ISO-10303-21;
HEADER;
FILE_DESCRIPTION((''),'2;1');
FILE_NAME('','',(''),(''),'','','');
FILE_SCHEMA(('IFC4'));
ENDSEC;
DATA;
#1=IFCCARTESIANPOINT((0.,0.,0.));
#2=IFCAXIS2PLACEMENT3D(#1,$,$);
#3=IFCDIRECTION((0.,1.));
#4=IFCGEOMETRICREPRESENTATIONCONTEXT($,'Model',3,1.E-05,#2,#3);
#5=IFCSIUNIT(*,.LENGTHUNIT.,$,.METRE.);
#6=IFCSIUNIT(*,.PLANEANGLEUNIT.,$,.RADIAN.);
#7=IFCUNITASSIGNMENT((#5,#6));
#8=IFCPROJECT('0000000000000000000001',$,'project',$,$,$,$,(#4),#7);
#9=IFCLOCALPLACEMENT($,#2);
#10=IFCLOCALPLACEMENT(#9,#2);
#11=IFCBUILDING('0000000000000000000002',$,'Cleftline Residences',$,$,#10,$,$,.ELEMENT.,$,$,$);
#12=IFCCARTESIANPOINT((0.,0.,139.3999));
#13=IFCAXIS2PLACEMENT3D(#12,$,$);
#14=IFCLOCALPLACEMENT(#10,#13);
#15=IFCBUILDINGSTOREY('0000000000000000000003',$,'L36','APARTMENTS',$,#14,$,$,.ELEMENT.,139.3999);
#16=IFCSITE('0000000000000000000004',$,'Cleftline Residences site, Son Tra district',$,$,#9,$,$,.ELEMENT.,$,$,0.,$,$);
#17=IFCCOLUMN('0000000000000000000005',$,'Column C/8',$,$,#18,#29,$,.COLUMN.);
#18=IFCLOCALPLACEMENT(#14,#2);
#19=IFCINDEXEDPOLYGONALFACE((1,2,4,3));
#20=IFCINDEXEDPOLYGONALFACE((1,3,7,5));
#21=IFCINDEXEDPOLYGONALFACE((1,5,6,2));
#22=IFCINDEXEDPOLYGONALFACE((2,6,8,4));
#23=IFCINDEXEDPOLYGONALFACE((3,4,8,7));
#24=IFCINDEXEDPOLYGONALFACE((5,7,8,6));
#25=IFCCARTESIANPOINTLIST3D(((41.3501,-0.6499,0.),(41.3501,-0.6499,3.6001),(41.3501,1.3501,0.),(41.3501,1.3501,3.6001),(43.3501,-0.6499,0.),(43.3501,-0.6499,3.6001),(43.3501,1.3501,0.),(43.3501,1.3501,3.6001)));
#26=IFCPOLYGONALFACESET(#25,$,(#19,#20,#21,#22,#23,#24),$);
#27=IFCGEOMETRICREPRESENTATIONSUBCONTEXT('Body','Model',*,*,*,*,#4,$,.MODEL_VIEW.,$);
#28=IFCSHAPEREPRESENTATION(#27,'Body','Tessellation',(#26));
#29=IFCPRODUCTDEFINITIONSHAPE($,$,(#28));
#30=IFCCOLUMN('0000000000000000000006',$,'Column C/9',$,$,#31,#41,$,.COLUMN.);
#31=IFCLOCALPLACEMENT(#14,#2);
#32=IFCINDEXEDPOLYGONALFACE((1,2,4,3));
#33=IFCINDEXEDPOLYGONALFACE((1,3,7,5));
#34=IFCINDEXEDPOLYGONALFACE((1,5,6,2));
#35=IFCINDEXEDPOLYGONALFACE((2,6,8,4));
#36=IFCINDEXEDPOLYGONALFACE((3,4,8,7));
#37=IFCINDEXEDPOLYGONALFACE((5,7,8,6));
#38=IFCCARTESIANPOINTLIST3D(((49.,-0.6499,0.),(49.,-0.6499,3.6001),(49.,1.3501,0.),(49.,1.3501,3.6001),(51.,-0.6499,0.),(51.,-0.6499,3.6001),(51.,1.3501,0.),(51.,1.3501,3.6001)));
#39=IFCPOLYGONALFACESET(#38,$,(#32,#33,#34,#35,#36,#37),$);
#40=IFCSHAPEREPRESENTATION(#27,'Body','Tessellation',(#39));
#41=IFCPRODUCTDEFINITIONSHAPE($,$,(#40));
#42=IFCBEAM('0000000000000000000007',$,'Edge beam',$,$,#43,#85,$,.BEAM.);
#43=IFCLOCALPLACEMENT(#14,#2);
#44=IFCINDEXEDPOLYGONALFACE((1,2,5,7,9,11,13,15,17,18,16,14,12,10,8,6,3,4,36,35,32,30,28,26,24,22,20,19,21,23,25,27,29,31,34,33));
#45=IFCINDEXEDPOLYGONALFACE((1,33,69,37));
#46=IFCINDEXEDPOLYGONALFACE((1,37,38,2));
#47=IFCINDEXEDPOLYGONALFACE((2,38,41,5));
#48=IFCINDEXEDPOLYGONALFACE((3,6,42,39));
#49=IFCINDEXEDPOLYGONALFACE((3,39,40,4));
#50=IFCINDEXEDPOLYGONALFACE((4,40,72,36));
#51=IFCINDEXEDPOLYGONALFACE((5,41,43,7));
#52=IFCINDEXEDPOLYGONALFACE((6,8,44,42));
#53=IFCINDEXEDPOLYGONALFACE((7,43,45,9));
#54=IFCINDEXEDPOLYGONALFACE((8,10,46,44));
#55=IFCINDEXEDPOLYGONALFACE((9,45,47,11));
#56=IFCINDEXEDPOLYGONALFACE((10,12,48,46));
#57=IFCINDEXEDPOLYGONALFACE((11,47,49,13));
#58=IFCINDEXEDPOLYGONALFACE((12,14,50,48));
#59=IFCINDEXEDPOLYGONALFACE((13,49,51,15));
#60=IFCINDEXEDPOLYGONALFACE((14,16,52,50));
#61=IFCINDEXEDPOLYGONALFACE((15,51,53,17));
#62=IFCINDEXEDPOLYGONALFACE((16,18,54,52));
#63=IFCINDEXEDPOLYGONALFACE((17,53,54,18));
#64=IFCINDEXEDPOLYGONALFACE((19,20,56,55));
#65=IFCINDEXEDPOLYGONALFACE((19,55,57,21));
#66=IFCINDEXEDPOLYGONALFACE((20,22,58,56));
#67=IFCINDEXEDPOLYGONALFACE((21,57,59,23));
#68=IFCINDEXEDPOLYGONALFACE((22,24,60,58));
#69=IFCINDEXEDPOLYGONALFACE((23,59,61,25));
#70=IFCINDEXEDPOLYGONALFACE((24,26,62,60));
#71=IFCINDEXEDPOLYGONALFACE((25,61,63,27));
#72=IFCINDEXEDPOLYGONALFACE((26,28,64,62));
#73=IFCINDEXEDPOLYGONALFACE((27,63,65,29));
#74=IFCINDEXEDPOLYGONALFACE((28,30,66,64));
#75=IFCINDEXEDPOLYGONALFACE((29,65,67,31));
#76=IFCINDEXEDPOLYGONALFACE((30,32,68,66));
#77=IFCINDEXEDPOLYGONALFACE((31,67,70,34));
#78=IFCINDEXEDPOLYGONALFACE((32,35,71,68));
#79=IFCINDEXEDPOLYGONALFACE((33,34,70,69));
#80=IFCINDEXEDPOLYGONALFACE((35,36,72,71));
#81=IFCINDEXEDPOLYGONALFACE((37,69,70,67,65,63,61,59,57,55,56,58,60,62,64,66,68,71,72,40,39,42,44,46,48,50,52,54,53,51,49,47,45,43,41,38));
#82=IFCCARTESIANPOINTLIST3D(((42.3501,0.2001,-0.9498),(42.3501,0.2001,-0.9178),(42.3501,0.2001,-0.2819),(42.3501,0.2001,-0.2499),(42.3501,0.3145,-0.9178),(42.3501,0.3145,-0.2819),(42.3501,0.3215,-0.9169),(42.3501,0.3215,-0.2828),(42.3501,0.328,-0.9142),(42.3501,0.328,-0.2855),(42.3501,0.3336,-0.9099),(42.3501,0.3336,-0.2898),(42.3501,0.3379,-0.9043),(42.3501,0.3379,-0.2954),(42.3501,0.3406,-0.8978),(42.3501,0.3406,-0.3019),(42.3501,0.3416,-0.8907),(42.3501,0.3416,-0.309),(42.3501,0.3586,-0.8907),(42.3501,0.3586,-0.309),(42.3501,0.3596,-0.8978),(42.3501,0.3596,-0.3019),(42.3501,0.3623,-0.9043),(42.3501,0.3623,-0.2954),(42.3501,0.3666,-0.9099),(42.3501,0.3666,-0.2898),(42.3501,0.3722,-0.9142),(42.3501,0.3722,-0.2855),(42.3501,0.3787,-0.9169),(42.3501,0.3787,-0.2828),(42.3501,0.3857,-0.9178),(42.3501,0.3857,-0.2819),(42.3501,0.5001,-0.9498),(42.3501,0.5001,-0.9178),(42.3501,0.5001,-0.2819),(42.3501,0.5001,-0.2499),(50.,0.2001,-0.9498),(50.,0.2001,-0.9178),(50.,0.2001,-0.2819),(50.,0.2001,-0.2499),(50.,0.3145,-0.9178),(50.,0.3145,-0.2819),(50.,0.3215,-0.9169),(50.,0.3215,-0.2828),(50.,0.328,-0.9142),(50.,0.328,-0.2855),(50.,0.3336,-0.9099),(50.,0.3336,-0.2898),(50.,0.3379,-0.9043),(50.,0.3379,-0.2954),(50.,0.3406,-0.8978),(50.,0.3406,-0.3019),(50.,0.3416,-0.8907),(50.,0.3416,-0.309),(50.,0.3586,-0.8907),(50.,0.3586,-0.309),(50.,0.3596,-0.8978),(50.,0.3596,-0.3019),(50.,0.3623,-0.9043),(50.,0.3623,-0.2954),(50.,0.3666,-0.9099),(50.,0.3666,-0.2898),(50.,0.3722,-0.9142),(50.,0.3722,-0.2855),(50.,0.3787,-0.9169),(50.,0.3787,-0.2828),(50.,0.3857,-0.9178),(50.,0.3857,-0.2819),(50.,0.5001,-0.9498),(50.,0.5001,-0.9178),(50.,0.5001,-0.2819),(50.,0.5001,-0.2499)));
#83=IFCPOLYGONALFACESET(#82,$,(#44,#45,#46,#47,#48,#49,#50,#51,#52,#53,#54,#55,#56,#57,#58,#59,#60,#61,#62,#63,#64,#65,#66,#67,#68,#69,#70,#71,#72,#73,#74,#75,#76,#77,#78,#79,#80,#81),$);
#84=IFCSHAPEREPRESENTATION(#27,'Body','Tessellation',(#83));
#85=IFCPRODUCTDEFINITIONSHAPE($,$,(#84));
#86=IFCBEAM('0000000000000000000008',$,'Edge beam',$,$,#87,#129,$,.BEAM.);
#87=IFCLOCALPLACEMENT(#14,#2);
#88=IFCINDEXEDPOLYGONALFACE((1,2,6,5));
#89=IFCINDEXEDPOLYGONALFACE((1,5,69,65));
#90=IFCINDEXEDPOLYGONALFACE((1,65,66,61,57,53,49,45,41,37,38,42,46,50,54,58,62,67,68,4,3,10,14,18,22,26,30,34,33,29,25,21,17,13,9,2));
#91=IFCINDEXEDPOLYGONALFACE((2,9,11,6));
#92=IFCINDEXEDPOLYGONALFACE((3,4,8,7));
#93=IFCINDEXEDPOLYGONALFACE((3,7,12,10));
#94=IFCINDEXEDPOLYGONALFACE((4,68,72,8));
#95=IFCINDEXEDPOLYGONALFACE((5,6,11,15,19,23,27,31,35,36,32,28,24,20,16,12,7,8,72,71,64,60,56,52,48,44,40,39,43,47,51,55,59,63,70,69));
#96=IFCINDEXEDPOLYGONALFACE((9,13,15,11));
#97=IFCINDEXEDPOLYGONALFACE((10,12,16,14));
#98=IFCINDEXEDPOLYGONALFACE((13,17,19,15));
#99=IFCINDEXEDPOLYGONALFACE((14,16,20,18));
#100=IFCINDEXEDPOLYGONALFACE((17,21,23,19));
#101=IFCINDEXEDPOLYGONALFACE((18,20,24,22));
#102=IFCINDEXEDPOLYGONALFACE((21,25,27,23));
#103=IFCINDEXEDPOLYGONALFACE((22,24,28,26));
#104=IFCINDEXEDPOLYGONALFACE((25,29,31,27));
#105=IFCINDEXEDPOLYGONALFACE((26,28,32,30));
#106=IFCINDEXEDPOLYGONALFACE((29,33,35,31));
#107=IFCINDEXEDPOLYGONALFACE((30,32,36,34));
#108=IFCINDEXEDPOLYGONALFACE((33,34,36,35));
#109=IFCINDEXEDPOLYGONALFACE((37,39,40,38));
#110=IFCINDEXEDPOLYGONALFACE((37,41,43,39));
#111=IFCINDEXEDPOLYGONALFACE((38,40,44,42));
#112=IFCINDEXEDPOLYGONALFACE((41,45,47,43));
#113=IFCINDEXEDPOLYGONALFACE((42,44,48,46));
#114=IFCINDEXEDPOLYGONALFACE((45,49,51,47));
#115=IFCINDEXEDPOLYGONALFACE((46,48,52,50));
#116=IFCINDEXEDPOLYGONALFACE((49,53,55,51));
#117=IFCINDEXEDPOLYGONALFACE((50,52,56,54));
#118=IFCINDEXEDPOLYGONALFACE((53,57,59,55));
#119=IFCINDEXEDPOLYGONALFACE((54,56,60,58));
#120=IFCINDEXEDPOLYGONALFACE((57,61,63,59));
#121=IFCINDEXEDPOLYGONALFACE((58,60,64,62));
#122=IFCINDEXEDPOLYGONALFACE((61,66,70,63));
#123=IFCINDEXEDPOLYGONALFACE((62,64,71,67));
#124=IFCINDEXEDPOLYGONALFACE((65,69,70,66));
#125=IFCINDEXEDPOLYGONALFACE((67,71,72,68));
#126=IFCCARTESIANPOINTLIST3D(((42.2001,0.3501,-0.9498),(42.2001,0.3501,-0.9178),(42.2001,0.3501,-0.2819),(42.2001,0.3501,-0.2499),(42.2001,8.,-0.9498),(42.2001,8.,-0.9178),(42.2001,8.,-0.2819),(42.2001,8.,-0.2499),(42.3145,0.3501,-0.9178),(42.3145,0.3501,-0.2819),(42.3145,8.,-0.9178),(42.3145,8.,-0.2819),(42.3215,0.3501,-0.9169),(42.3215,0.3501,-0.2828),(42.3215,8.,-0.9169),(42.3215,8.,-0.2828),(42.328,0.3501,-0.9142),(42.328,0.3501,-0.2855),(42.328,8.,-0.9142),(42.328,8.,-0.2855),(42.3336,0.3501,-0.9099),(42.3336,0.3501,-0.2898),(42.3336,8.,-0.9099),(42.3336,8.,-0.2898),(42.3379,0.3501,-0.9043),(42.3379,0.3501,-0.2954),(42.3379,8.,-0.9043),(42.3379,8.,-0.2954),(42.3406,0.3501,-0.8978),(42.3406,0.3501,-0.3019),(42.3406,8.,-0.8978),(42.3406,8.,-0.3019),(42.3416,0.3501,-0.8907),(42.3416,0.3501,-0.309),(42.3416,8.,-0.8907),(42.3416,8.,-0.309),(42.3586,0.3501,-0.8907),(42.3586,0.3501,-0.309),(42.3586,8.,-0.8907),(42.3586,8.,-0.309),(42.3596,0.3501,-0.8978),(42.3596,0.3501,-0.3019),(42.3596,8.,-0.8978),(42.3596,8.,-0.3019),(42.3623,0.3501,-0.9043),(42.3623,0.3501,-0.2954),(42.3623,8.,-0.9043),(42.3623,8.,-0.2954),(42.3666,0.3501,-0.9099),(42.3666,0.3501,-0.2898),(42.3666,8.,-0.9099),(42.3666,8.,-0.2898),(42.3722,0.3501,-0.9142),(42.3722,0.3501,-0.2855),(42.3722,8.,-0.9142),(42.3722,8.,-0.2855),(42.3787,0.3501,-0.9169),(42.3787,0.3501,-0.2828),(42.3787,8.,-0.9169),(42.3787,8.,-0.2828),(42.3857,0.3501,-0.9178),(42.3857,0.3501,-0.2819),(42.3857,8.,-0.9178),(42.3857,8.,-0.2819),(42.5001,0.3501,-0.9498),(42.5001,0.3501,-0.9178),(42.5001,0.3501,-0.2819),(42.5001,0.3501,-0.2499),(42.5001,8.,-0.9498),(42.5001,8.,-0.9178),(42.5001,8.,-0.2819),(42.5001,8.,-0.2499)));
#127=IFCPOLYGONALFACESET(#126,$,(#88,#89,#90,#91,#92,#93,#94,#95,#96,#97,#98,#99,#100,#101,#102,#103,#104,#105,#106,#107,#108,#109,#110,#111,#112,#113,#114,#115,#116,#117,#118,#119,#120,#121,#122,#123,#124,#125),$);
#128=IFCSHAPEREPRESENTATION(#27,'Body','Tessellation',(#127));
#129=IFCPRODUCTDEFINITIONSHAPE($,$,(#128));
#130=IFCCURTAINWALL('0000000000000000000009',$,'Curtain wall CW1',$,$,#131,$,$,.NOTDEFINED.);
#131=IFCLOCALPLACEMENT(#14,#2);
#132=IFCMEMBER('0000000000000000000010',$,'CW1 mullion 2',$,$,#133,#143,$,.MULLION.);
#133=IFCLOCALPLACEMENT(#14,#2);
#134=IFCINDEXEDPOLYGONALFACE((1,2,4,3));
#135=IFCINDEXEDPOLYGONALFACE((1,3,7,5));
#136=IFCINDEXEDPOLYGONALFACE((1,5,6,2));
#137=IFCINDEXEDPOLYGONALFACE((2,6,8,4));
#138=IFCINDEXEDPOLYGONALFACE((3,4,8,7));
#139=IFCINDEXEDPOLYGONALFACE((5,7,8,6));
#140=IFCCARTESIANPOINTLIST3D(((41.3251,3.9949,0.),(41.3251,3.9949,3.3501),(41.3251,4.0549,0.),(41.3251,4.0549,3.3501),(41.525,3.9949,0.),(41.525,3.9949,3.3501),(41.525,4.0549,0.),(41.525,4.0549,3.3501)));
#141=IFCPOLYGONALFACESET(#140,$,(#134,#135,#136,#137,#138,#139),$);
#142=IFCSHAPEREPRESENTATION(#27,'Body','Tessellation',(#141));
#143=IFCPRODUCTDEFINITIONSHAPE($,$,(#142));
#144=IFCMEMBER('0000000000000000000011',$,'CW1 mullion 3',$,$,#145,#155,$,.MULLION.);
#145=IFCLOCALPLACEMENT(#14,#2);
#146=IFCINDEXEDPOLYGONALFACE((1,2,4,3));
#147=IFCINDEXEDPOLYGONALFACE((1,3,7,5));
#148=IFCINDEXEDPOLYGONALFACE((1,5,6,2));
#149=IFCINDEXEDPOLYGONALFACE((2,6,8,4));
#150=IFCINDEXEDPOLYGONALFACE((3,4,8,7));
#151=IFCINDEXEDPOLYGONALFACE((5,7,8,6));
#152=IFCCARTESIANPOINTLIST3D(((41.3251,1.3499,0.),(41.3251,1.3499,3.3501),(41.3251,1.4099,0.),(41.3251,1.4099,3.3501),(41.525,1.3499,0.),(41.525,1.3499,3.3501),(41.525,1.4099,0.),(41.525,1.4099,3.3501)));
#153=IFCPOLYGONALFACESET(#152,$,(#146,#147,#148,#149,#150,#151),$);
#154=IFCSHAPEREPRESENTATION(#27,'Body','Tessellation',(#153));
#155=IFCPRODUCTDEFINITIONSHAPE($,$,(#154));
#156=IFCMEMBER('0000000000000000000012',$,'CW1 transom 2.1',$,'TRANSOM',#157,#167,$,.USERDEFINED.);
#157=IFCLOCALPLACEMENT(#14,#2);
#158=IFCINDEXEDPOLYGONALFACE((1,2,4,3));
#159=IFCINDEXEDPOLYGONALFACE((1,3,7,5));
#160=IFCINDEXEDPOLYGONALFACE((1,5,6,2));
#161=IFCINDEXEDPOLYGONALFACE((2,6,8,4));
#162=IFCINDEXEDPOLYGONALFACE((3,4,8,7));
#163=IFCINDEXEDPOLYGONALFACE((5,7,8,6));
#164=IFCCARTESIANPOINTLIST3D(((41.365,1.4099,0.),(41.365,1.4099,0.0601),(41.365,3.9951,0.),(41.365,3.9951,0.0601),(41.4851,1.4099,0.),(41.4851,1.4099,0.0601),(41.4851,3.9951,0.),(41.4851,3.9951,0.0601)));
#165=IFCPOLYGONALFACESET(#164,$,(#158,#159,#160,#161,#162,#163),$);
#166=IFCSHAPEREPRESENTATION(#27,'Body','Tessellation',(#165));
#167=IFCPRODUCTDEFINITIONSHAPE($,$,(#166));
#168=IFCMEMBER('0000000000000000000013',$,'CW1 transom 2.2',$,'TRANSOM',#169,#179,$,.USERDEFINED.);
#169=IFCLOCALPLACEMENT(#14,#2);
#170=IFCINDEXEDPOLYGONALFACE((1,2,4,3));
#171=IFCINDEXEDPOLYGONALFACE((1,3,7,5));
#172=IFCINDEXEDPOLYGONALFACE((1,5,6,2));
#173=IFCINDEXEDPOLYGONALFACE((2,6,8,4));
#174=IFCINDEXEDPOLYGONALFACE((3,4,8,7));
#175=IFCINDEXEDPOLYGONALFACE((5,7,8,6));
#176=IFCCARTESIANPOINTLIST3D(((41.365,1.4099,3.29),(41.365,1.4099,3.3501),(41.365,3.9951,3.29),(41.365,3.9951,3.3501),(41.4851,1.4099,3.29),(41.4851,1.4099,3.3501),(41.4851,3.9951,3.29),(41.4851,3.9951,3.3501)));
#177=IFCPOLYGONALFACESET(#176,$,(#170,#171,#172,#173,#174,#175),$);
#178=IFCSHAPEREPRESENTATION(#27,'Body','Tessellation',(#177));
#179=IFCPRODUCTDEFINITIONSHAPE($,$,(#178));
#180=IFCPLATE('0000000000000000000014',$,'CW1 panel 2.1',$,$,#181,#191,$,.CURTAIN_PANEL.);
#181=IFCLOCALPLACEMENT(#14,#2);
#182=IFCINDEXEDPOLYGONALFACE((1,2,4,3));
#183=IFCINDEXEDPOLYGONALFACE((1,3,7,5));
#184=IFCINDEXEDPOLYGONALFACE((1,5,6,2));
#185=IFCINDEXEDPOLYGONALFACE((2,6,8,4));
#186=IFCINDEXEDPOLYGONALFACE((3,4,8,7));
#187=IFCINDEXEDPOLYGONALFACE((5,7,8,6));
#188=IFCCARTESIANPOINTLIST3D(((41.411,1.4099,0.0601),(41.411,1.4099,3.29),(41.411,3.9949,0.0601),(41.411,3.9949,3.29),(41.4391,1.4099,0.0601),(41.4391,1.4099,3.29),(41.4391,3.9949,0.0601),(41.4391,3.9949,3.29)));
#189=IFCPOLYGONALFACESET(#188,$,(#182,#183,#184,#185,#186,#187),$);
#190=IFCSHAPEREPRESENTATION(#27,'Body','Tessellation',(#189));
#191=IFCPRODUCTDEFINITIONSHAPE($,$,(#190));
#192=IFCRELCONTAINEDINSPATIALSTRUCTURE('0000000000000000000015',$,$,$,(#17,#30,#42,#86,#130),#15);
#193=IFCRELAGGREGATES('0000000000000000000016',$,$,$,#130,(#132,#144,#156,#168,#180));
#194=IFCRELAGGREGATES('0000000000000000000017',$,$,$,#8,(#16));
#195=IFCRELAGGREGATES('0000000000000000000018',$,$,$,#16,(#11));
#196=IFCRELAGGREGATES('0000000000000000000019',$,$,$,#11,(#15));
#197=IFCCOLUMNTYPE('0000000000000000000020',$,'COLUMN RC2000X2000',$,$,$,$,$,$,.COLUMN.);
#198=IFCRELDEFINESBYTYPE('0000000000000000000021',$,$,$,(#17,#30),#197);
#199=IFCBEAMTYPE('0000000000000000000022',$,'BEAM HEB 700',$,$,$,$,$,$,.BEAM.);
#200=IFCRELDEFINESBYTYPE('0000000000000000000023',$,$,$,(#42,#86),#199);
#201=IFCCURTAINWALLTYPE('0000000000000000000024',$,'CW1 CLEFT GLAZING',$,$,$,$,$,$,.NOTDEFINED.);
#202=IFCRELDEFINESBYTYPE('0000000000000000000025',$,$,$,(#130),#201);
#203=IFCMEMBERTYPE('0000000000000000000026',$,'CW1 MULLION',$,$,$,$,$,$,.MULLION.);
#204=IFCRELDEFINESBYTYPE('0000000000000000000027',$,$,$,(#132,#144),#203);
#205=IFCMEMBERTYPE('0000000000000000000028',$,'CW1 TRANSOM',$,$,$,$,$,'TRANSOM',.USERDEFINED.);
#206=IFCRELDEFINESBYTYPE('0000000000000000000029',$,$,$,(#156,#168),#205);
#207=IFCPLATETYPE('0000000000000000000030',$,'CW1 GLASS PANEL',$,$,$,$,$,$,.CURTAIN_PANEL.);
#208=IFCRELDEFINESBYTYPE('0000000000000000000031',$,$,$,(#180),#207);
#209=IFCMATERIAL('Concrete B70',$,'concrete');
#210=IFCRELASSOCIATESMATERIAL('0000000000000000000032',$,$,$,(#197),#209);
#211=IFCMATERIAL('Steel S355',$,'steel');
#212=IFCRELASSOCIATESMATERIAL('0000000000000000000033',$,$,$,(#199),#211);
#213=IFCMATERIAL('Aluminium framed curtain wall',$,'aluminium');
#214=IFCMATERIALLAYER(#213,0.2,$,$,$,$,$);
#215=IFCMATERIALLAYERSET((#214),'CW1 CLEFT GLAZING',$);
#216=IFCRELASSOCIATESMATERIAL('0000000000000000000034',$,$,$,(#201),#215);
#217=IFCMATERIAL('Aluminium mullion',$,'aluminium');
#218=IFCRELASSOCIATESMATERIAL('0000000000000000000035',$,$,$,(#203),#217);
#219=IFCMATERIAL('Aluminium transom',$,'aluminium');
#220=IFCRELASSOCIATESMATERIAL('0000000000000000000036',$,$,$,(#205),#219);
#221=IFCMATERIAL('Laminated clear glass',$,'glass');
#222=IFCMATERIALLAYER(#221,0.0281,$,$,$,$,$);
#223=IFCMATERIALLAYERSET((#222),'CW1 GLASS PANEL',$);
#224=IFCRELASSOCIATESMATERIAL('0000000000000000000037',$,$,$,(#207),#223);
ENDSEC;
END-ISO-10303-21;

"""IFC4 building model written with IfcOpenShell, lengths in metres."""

from ifc_helpers import new_model, si_unit, direction, frame, origin, origin_2d, place, context, subcontext, project, spatial, rectangle, i_section, extrude, material, layer, layer_set, material_profile, profile_set, type_object, element, aggregate, save


model = new_model("IFC4")

# Units and contexts
model_context = context("Model", 3, precision=1e-05, world=origin(), true_north=direction((0.0, 1.0)))
body_context = subcontext(model_context, "Body", "Model", "MODEL_VIEW")
ifc_project = project(units=[si_unit("LENGTHUNIT", "METRE"), si_unit("PLANEANGLEUNIT", "RADIAN")], contexts=[model_context])

# Site, building, storey
site_placement = place(None, origin())
site = spatial("IfcSite", under=ifc_project, at=site_placement, Name="Cleftline Residences site, Son Tra district", CompositionType="ELEMENT", RefElevation=0.0)
building_placement = place(site_placement, origin())
building = spatial("IfcBuilding", under=site, at=building_placement, Name="Cleftline Residences", CompositionType="ELEMENT")
storey_placement = place(building_placement, frame((0.0, 0.0, 139.3999)))
storey = spatial("IfcBuildingStorey", under=building, at=storey_placement, Name="L36", Description="APARTMENTS", CompositionType="ELEMENT", Elevation=139.3999)

# Columns
ifc_material_1 = material(Name="Concrete B70", Category="concrete")
ifc_material_profile_1 = material_profile(ifc_material_1, rectangle(XDim=2.0, YDim=2.0, at=origin_2d()))
ifc_profile_set_1 = profile_set([ifc_material_profile_1], Name="Concrete B70")
column_type = type_object("IfcColumnType", Name="COLUMN RC2000X2000", PredefinedType="COLUMN", material=ifc_profile_set_1)
for number, where, z_axis, x_axis, name in (
    (1, (42.3501, 0.3501, 0.0), (0.0, 0.0, 1.0), (1.0, 0.0, 0.0), "Column C/8"),
    (2, (50.0, 0.3501, 0.0), (0.0, 0.0, 1.0), (1.0, 0.0, 0.0), "Column C/9"),
):
    element("IfcColumn", number, at=place(storey_placement, frame(where, z_axis=z_axis, x_axis=x_axis)), inside=storey, type_object=column_type, Name=name, PredefinedType="COLUMN", context=body_context, shape_type="SweptSolid", body=[
        extrude(rectangle(XDim=2.0, YDim=2.0, at=origin_2d()), origin(), (0.0, 0.0, 1.0), 3.6001),
    ])

# Beams
ifc_material_2 = material(Name="Steel S355", Category="steel")
ifc_material_profile_2 = material_profile(ifc_material_2, i_section(OverallWidth=0.3, OverallDepth=0.7, WebThickness=0.0171, FlangeThickness=0.032, FilletRadius=0.0271, at=origin_2d()))
ifc_profile_set_2 = profile_set([ifc_material_profile_2], Name="Steel S355")
beam_type = type_object("IfcBeamType", Name="BEAM HEB 700", PredefinedType="BEAM", material=ifc_profile_set_2)
for number, where, z_axis, x_axis, name in (
    (3, (50.0, 0.3501, -0.5999), (-1.0, 0.0, 0.0), (0.0, -1.0, 0.0), "Edge beam"),
    (4, (42.3501, 0.3501, -0.5999), (0.0, 1.0, 0.0), (-1.0, 0.0, 0.0), "Edge beam"),
):
    element("IfcBeam", number, at=place(storey_placement, frame(where, z_axis=z_axis, x_axis=x_axis)), inside=storey, type_object=beam_type, Name=name, PredefinedType="BEAM", context=body_context, shape_type="SweptSolid", body=[
        extrude(i_section(OverallWidth=0.3, OverallDepth=0.7, WebThickness=0.0171, FlangeThickness=0.032, FilletRadius=0.0271, at=origin_2d()), origin(), (0.0, 0.0, 1.0), 7.6499),
    ])

# Curtain wall, members, plate
ifc_material_3 = material(Name="Aluminium framed curtain wall", Category="aluminium")
ifc_layer_1 = layer(ifc_material_3, 0.2)
ifc_layer_set_1 = layer_set([ifc_layer_1], Name="CW1 CLEFT GLAZING")
curtain_wall_type = type_object("IfcCurtainWallType", Name="CW1 CLEFT GLAZING", PredefinedType="NOTDEFINED", material=ifc_layer_set_1)
curtain_wall_placement = place(storey_placement, origin())
curtain_wall = element("IfcCurtainWall", 5, at=curtain_wall_placement, inside=storey, type_object=curtain_wall_type, Name="Curtain wall CW1", PredefinedType="NOTDEFINED")
ifc_material_4 = material(Name="Aluminium mullion", Category="aluminium")
ifc_material_profile_3 = material_profile(ifc_material_4, rectangle(XDim=0.2, YDim=0.0601, at=origin_2d()))
ifc_profile_set_3 = profile_set([ifc_material_profile_3], Name="Aluminium mullion")
member_type_1 = type_object("IfcMemberType", Name="CW1 MULLION", PredefinedType="MULLION", material=ifc_profile_set_3)
member_1_placement = place(storey_placement, frame((41.425, 4.0249, 0.0), z_axis=(0.0, 0.0, 1.0), x_axis=(1.0, 0.0, 0.0)))
member_1 = element("IfcMember", 6, at=member_1_placement, type_object=member_type_1, Name="CW1 mullion 2", PredefinedType="MULLION", context=body_context, shape_type="SweptSolid", body=[
    extrude(rectangle(XDim=0.2, YDim=0.0601, at=origin_2d()), origin(), (0.0, 0.0, 1.0), 3.3501),
])
member_2_placement = place(storey_placement, frame((41.425, 1.3799, 0.0), z_axis=(0.0, 0.0, 1.0), x_axis=(1.0, 0.0, 0.0)))
member_2 = element("IfcMember", 7, at=member_2_placement, type_object=member_type_1, Name="CW1 mullion 3", PredefinedType="MULLION", context=body_context, shape_type="SweptSolid", body=[
    extrude(rectangle(XDim=0.2, YDim=0.0601, at=origin_2d()), origin(), (0.0, 0.0, 1.0), 3.3501),
])
ifc_material_5 = material(Name="Aluminium transom", Category="aluminium")
ifc_material_profile_4 = material_profile(ifc_material_5, rectangle(XDim=0.1201, YDim=0.0601, at=origin_2d()))
ifc_profile_set_4 = profile_set([ifc_material_profile_4], Name="Aluminium transom")
member_type_2 = type_object("IfcMemberType", Name="CW1 TRANSOM", ElementType="TRANSOM", PredefinedType="USERDEFINED", material=ifc_profile_set_4)
member_3_placement = place(storey_placement, frame((41.425, 3.9951, 0.03), z_axis=(0.0, -1.0, 0.0), x_axis=(1.0, 0.0, 0.0)))
member_3 = element("IfcMember", 8, at=member_3_placement, type_object=member_type_2, Name="CW1 transom 2.1", ObjectType="TRANSOM", PredefinedType="USERDEFINED", context=body_context, shape_type="SweptSolid", body=[
    extrude(rectangle(XDim=0.1201, YDim=0.0601, at=origin_2d()), origin(), (0.0, 0.0, 1.0), 2.5852),
])
member_4_placement = place(storey_placement, frame((41.425, 3.9951, 3.3201), z_axis=(0.0, -1.0, 0.0), x_axis=(1.0, 0.0, 0.0)))
member_4 = element("IfcMember", 9, at=member_4_placement, type_object=member_type_2, Name="CW1 transom 2.2", ObjectType="TRANSOM", PredefinedType="USERDEFINED", context=body_context, shape_type="SweptSolid", body=[
    extrude(rectangle(XDim=0.1201, YDim=0.0601, at=origin_2d()), origin(), (0.0, 0.0, 1.0), 2.5852),
])
ifc_material_6 = material(Name="Laminated clear glass", Category="glass")
ifc_layer_2 = layer(ifc_material_6, 0.0281)
ifc_layer_set_2 = layer_set([ifc_layer_2], Name="CW1 GLASS PANEL")
plate_type = type_object("IfcPlateType", Name="CW1 GLASS PANEL", PredefinedType="CURTAIN_PANEL", material=ifc_layer_set_2)
plate_placement = place(storey_placement, frame((41.425, 2.7024, 0.0601), z_axis=(0.0, 0.0, 1.0), x_axis=(0.0, -1.0, 0.0)))
plate = element("IfcPlate", 10, at=plate_placement, type_object=plate_type, Name="CW1 panel 2.1", PredefinedType="CURTAIN_PANEL", context=body_context, shape_type="SweptSolid", body=[
    extrude(rectangle(XDim=2.585, YDim=0.0281, at=origin_2d()), origin(), (0.0, 0.0, 1.0), 3.23),
])
aggregate(curtain_wall, [member_1, member_2, member_3, member_4, plate])

save(model, "model.ifc")
